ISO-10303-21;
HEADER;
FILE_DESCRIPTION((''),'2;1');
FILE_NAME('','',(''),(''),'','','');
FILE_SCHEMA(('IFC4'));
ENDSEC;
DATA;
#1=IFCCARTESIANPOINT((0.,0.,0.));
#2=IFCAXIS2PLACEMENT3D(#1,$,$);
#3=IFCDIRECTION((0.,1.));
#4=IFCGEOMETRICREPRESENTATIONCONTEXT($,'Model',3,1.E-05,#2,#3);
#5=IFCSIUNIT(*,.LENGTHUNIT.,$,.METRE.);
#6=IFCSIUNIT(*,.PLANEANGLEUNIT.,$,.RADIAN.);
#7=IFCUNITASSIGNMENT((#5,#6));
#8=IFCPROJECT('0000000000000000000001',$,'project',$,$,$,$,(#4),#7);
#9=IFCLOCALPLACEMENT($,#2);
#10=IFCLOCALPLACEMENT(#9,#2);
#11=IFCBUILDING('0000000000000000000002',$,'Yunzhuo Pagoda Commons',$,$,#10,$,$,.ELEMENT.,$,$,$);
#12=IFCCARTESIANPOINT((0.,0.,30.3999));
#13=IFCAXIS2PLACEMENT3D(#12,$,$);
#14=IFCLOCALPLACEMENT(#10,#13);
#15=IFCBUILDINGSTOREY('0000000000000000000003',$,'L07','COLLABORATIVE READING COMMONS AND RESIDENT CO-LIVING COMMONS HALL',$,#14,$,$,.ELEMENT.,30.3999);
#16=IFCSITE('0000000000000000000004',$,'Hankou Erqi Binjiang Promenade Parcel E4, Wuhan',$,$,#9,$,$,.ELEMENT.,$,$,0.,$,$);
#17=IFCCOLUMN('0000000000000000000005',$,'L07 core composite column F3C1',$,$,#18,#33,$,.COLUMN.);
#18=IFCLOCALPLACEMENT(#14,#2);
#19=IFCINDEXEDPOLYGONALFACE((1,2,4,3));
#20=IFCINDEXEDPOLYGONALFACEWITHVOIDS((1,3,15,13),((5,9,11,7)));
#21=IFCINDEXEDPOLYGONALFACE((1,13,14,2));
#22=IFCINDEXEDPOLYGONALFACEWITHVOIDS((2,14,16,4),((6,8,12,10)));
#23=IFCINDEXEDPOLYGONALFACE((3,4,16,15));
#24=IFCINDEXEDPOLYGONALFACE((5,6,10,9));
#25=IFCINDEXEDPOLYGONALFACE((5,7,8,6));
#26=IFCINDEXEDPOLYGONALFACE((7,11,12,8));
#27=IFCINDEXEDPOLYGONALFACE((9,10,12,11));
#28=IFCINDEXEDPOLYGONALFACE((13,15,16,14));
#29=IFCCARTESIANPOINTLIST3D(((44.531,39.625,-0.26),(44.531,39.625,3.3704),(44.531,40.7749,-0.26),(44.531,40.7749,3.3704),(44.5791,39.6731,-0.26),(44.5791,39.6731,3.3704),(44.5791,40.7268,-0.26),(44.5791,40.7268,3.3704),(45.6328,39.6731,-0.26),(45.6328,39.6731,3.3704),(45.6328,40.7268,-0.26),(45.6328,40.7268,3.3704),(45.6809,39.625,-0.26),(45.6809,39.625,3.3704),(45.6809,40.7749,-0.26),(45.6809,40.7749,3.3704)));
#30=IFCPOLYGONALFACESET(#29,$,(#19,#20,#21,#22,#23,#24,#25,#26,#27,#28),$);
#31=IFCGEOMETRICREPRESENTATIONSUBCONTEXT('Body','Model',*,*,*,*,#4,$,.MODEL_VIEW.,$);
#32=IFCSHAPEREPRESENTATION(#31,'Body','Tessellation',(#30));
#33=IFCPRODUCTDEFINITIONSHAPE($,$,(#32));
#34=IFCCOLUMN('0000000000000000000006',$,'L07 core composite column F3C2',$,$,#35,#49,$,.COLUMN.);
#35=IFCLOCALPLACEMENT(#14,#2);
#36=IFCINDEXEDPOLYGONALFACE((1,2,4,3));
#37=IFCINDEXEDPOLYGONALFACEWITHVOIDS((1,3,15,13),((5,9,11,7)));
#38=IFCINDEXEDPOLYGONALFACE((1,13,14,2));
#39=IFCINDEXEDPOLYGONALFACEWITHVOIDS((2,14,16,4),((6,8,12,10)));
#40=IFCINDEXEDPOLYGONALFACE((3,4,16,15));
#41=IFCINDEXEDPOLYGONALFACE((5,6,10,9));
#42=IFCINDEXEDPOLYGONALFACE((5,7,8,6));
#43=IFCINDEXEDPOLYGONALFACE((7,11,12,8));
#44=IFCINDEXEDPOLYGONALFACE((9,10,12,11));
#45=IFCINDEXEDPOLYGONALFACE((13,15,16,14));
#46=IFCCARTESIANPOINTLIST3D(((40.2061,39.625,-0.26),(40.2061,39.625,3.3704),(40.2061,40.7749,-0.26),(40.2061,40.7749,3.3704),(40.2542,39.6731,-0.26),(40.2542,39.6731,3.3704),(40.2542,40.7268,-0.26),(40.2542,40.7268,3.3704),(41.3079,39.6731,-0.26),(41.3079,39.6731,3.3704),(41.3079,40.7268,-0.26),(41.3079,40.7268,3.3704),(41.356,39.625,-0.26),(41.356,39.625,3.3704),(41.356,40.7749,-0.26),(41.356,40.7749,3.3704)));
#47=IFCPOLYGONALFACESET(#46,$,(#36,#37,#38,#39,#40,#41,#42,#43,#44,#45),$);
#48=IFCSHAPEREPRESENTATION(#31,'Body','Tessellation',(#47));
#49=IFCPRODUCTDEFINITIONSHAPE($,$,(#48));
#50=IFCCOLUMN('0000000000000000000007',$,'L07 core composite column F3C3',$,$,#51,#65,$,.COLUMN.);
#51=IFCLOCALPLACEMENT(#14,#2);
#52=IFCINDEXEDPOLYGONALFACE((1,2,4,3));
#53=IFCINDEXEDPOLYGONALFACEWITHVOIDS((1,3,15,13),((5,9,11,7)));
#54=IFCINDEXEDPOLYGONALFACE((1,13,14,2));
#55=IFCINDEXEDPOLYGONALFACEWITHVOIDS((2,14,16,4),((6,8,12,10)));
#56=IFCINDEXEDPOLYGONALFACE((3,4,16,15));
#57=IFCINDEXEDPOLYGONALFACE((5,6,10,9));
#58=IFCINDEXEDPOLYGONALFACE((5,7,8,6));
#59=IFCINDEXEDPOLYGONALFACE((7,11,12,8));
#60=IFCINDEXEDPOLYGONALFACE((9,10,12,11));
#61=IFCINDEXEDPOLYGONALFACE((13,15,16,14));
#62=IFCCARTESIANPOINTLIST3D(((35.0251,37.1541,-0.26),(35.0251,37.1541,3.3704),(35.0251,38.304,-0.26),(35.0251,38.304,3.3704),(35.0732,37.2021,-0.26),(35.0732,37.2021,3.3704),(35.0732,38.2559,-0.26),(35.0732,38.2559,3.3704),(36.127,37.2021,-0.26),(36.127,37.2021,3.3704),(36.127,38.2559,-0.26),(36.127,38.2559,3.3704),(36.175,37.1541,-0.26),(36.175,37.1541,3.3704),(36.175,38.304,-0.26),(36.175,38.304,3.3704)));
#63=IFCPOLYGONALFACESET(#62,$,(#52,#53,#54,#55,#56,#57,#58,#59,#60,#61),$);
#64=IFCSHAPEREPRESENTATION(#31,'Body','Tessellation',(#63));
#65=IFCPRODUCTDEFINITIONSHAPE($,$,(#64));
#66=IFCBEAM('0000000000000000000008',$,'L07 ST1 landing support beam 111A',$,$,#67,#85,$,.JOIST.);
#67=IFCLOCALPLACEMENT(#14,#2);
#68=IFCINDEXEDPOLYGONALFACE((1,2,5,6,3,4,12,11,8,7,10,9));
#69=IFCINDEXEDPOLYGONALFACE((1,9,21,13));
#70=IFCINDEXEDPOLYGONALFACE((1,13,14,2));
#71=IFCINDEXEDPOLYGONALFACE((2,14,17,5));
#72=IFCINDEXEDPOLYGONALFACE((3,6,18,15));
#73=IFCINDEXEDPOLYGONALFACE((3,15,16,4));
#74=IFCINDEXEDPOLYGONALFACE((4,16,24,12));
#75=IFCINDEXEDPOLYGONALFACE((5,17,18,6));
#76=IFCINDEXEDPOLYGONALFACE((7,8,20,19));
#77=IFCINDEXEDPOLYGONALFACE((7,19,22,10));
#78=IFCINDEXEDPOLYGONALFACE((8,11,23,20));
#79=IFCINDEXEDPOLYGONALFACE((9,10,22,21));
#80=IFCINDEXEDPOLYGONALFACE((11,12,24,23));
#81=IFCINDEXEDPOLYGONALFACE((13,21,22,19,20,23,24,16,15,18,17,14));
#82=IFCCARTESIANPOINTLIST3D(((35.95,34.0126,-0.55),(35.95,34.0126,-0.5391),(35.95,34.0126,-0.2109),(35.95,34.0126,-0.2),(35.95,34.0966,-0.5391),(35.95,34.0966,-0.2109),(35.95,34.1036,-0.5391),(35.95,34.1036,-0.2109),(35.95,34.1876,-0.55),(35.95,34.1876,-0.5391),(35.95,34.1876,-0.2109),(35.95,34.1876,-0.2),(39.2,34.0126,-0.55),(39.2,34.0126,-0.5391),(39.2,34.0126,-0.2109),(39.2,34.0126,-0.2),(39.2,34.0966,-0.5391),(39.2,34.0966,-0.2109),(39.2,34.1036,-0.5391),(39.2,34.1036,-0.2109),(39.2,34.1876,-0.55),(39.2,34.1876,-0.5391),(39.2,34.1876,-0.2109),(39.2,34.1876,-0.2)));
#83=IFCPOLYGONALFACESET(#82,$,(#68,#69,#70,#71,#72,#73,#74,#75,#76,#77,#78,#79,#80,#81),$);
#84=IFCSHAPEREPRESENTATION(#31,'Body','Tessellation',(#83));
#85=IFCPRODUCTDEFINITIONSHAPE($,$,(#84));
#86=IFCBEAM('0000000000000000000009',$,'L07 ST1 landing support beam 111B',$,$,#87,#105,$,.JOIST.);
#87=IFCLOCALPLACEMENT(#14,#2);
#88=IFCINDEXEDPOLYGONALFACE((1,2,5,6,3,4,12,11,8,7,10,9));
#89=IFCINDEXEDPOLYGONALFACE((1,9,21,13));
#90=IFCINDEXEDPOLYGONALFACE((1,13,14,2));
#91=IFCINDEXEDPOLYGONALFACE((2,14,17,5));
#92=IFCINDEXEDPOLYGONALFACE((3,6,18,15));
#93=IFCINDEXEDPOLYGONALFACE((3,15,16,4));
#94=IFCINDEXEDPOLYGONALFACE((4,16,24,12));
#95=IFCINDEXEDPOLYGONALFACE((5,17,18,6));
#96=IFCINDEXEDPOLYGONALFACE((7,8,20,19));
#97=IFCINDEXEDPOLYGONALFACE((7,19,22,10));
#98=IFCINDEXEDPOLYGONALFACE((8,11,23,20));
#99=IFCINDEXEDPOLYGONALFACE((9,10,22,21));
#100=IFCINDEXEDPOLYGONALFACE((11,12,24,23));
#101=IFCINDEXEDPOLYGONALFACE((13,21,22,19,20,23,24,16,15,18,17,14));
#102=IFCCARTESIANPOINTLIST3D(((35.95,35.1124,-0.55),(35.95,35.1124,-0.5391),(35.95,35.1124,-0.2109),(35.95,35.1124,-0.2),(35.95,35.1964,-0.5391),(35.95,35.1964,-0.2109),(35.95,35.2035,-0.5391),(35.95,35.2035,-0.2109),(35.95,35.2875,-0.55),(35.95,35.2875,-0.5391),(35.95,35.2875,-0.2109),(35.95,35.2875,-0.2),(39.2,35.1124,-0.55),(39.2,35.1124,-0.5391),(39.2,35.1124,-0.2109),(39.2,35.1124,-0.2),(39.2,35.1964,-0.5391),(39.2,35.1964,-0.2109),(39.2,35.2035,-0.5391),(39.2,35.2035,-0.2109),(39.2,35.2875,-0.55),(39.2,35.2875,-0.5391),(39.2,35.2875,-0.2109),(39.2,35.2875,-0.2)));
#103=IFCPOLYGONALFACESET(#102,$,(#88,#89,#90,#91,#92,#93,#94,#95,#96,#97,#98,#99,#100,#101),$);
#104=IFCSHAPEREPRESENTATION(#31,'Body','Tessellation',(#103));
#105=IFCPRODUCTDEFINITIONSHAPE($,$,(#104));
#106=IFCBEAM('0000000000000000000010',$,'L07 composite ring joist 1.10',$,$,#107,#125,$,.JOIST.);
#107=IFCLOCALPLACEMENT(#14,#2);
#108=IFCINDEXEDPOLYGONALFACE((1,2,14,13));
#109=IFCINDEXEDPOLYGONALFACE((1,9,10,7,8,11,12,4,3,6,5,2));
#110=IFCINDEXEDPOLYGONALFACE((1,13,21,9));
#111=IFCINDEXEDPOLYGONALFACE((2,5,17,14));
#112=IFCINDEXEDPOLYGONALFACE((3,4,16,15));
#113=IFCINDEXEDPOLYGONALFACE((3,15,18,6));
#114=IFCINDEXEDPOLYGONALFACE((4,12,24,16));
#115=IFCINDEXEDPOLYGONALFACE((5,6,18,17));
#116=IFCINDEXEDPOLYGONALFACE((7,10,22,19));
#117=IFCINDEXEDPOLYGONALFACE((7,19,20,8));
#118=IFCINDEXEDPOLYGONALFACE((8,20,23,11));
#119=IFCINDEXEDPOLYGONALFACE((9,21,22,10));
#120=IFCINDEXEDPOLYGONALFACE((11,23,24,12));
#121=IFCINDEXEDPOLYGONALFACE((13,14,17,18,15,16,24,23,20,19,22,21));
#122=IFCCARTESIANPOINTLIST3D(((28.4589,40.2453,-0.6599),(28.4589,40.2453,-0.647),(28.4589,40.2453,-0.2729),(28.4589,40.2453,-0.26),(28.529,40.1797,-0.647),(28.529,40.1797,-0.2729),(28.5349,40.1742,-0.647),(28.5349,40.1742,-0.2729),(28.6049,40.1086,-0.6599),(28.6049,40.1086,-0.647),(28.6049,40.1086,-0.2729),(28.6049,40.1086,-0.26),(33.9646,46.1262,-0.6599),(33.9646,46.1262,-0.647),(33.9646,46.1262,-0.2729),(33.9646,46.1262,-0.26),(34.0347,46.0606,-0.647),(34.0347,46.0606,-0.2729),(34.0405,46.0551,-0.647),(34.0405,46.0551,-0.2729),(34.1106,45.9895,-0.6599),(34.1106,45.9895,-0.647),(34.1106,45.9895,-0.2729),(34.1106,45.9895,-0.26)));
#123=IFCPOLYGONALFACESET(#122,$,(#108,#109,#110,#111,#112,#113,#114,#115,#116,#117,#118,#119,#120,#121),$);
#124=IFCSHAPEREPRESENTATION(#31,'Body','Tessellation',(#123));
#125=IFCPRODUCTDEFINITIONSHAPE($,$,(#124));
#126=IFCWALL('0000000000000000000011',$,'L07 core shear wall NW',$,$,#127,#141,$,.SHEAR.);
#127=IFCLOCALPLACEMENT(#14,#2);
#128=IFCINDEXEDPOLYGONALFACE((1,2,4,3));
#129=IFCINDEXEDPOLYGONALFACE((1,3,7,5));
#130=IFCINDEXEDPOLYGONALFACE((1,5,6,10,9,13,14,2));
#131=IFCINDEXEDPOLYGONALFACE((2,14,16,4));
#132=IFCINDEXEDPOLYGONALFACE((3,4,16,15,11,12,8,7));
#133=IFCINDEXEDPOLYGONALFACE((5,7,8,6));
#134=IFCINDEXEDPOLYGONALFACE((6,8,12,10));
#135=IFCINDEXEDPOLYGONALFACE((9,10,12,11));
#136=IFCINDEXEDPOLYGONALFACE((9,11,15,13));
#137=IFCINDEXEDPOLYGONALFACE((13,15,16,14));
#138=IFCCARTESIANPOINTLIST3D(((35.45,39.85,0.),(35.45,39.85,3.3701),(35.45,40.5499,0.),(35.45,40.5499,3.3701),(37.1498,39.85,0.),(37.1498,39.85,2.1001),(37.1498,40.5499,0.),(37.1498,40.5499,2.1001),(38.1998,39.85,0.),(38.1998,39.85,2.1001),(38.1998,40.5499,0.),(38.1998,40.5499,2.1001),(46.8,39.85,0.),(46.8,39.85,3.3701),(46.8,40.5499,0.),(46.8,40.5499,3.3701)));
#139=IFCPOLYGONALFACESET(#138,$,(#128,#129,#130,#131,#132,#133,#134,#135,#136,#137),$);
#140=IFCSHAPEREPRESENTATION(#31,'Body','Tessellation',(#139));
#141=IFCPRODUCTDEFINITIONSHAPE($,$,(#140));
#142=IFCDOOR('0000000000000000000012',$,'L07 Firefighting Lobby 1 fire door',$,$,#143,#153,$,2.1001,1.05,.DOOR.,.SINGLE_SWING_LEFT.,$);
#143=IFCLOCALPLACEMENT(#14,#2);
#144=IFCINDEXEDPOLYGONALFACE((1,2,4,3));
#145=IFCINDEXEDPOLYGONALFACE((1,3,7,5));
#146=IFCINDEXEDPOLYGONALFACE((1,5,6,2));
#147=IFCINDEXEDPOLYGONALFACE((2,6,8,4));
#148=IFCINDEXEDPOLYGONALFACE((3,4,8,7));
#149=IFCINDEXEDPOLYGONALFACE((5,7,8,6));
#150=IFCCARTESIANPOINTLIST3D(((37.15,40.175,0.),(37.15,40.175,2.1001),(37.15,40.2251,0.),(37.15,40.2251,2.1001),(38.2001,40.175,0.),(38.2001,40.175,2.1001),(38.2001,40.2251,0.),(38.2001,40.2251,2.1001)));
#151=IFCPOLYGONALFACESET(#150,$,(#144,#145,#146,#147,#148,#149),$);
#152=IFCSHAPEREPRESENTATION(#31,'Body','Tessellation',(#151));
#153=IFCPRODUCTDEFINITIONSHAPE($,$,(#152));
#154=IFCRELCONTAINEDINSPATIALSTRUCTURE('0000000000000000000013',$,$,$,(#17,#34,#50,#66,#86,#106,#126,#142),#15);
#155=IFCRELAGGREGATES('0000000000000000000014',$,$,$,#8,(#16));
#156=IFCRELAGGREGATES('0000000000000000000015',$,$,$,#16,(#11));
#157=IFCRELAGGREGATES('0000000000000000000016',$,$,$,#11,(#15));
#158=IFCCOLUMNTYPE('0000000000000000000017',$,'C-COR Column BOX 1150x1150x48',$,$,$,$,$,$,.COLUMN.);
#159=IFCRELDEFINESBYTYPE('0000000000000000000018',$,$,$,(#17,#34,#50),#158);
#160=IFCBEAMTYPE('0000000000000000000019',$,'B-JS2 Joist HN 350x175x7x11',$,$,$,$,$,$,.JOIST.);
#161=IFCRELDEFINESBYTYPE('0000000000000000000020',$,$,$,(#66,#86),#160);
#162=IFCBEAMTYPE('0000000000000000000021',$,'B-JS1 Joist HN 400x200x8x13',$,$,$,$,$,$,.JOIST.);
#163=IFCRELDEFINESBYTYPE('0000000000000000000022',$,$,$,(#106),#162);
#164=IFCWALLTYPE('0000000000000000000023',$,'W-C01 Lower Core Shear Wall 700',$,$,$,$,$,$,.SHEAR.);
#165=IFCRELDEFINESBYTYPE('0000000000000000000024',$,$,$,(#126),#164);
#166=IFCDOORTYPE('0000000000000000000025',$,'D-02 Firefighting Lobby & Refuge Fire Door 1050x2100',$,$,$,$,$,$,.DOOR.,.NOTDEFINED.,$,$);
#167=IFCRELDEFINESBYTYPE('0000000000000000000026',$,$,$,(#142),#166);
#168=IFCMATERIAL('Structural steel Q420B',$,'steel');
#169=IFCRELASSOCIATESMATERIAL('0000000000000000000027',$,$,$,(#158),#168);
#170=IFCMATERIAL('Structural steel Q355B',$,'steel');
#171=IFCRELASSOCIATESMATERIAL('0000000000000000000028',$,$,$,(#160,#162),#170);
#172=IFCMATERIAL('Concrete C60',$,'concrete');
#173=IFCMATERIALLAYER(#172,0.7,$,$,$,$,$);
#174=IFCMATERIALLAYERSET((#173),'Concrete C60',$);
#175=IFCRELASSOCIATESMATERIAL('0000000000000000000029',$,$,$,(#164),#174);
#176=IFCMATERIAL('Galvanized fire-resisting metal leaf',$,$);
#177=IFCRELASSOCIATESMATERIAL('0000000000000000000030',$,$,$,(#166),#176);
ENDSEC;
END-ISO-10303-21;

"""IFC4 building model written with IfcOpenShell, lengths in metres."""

from ifc_helpers import new_model, si_unit, direction, frame, frame_2d, origin, origin_2d, place, context, subcontext, project, spatial, rectangle, hollow_rectangle, i_section, extrude, source, transform, mapped, material, layer, layer_set, material_profile, profile_set, type_object, element, fill, save


model = new_model("IFC4")

# Units and contexts
model_context = context("Model", 3, precision=1e-05, world=origin(), true_north=direction((0.0, 1.0)))
body_context = subcontext(model_context, "Body", "Model", "MODEL_VIEW")
ifc_project = project(units=[si_unit("LENGTHUNIT", "METRE"), si_unit("PLANEANGLEUNIT", "RADIAN")], contexts=[model_context])

# Site, building, storey
site_placement = place(None, origin())
site = spatial("IfcSite", under=ifc_project, at=site_placement, Name="Hankou Erqi Binjiang Promenade Parcel E4, Wuhan", CompositionType="ELEMENT", RefElevation=0.0)
building_placement = place(site_placement, origin())
building = spatial("IfcBuilding", under=site, at=building_placement, Name="Yunzhuo Pagoda Commons", CompositionType="ELEMENT")
storey_placement = place(building_placement, frame((0.0, 0.0, 30.3999)))
storey = spatial("IfcBuildingStorey", under=building, at=storey_placement, Name="L07", Description="COLLABORATIVE READING COMMONS AND RESIDENT CO-LIVING COMMONS HALL", CompositionType="ELEMENT", Elevation=30.3999)

# Columns
ifc_material_1 = material(Name="Structural steel Q420B", Category="steel")
ifc_material_profile_1 = material_profile(ifc_material_1, hollow_rectangle(XDim=1.1499, YDim=1.1499, WallThickness=0.0481, at=origin_2d()), Name="Structural steel Q420B")
ifc_profile_set_1 = profile_set([ifc_material_profile_1], Name="Structural steel Q420B")
column_type = type_object("IfcColumnType", Name="C-COR Column BOX 1150x1150x48", PredefinedType="COLUMN", material=ifc_profile_set_1)
shared_shape_1 = source(origin(), body_context, "Body", "SweptSolid", [
    extrude(hollow_rectangle(XDim=1.1499, YDim=1.1499, WallThickness=0.0481, at=origin_2d()), origin(), (0.0, 0.0, 1.0), 3.6304),
])
for number, where, z_axis, x_axis, name in (
    (1, (45.106, 40.2, -0.26), (0.0, 0.0, 1.0), (1.0, 0.0, 0.0), "L07 core composite column F3C1"),
    (2, (40.781, 40.2, -0.26), (0.0, 0.0, 1.0), (1.0, 0.0, 0.0), "L07 core composite column F3C2"),
    (3, (35.6001, 37.729, -0.26), (0.0, 0.0, 1.0), (1.0, 0.0, 0.0), "L07 core composite column F3C3"),
):
    element("IfcColumn", number, at=place(storey_placement, frame(where, z_axis=z_axis, x_axis=x_axis)), inside=storey, type_object=column_type, Name=name, PredefinedType="COLUMN", context=body_context, shape_type="MappedRepresentation", body=[
        mapped(shared_shape_1, transform((0.0, 0.0, 0.0), scale=1.0)),
    ])

# Beams
ifc_material_2 = material(Name="Structural steel Q355B", Category="steel")
ifc_material_profile_2 = material_profile(ifc_material_2, i_section(OverallWidth=0.175, OverallDepth=0.3501, WebThickness=0.0071, FlangeThickness=0.011, at=origin_2d()), Name="Structural steel Q355B")
ifc_profile_set_2 = profile_set([ifc_material_profile_2], Name="Structural steel Q355B")
beam_type_1 = type_object("IfcBeamType", Name="B-JS2 Joist HN 350x175x7x11", PredefinedType="JOIST", material=ifc_profile_set_2)
shared_shape_2 = source(origin(), body_context, "Body", "SweptSolid", [
    extrude(i_section(OverallWidth=0.175, OverallDepth=0.3501, WebThickness=0.0071, FlangeThickness=0.011, at=origin_2d()), origin(), (0.0, 0.0, 1.0), 3.25),
])
for number, where, z_axis, x_axis, name in (
    (4, (35.95, 34.1001, -0.375), (1.0, 0.0, 0.0), (0.0, 1.0, 0.0), "L07 ST1 landing support beam 111A"),
    (5, (35.95, 35.2, -0.375), (1.0, 0.0, 0.0), (0.0, 1.0, 0.0), "L07 ST1 landing support beam 111B"),
):
    element("IfcBeam", number, at=place(storey_placement, frame(where, z_axis=z_axis, x_axis=x_axis)), inside=storey, type_object=beam_type_1, Name=name, PredefinedType="JOIST", context=body_context, shape_type="MappedRepresentation", body=[
        mapped(shared_shape_2, transform((0.0, 0.0, 0.0), scale=1.0)),
    ])
ifc_material_profile_3 = material_profile(ifc_material_2, i_section(OverallWidth=0.2, OverallDepth=0.3999, WebThickness=0.0081, FlangeThickness=0.0129, at=origin_2d()), Name="Structural steel Q355B")
ifc_profile_set_3 = profile_set([ifc_material_profile_3], Name="Structural steel Q355B")
beam_type_2 = type_object("IfcBeamType", Name="B-JS1 Joist HN 400x200x8x13", PredefinedType="JOIST", material=ifc_profile_set_3)
shared_shape_3 = source(origin(), body_context, "Body", "SweptSolid", [
    extrude(i_section(OverallWidth=0.2, OverallDepth=0.3999, WebThickness=0.0081, FlangeThickness=0.0129, at=origin_2d()), origin(), (0.0, 0.0, 1.0), 8.0559),
])
beam_placement = place(storey_placement, frame((34.0376, 46.0579, -0.46), z_axis=(-0.683433, -0.730013, 0.0), x_axis=(0.730013, -0.683433, 0.0)))
element("IfcBeam", 6, at=beam_placement, inside=storey, type_object=beam_type_2, Name="L07 composite ring joist 1.10", PredefinedType="JOIST", context=body_context, shape_type="MappedRepresentation", body=[
    mapped(shared_shape_3, transform((0.0, 0.0, 0.0), scale=1.0)),
])

# Wall, opening, door
ifc_material_3 = material(Name="Concrete C60", Category="concrete")
ifc_layer_1 = layer(ifc_material_3, 0.7)
ifc_layer_set_1 = layer_set([ifc_layer_1], Name="Concrete C60")
wall_type_1 = type_object("IfcWallType", Name="W-C01 Lower Core Shear Wall 700", PredefinedType="SHEAR", material=ifc_layer_set_1)
wall_1_placement = place(storey_placement, frame((35.45, 40.2, 0.0), z_axis=(0.0, 0.0, 1.0), x_axis=(1.0, 0.0, 0.0)))
wall_1 = element("IfcWall", 7, at=wall_1_placement, inside=storey, type_object=wall_type_1, Name="L07 core shear wall NW", PredefinedType="SHEAR", context=body_context, shape_type="SweptSolid", body=[
    extrude(rectangle(XDim=11.3501, YDim=0.7, at=frame_2d((5.675, 0.0))), origin(), (0.0, 0.0, 1.0), 3.3701),
])
opening_1_placement = place(wall_1_placement, frame((1.7, 0.0, 0.0)))
opening_1 = element("IfcOpeningElement", 8, at=opening_1_placement, cuts=wall_1, PredefinedType="OPENING", context=body_context, shape_type="SweptSolid", body=[
    extrude(rectangle(XDim=1.05, YDim=2.1001, at=frame_2d((0.5249, 1.05))), frame((0.0, 0.3599, 0.0), z_axis=(0.0, -1.0, 0.0), x_axis=(1.0, 0.0, 0.0)), (0.0, 0.0, 1.0), 0.72),
])
ifc_material_4 = material(Name="Galvanized fire-resisting metal leaf")
door_type_1 = type_object("IfcDoorType", Name="D-02 Firefighting Lobby & Refuge Fire Door 1050x2100", OperationType="NOTDEFINED", PredefinedType="DOOR", material=ifc_material_4)
shared_shape_4 = source(origin(), body_context, "Body", "SweptSolid", [
    extrude(rectangle(XDim=1.05, YDim=2.1001, at=frame_2d((0.5249, 1.05))), frame((0.0, 0.0249, 0.0), z_axis=(0.0, -1.0, 0.0), x_axis=(1.0, 0.0, 0.0)), (0.0, 0.0, 1.0), 0.05),
])
door_1_placement = place(opening_1_placement, frame((1.05, 0.0, 0.0), z_axis=(0.0, 0.0, 1.0), x_axis=(-1.0, 0.0, 0.0)))
door_1 = element("IfcDoor", 9, at=door_1_placement, inside=storey, type_object=door_type_1, Name="L07 Firefighting Lobby 1 fire door", OperationType="SINGLE_SWING_LEFT", OverallHeight=2.1001, OverallWidth=1.05, PredefinedType="DOOR", context=body_context, shape_type="MappedRepresentation", body=[
    mapped(shared_shape_4, transform((0.0, 0.0, 0.0), scale=1.0)),
])
fill(opening_1, door_1)

save(model, "model.ifc")
